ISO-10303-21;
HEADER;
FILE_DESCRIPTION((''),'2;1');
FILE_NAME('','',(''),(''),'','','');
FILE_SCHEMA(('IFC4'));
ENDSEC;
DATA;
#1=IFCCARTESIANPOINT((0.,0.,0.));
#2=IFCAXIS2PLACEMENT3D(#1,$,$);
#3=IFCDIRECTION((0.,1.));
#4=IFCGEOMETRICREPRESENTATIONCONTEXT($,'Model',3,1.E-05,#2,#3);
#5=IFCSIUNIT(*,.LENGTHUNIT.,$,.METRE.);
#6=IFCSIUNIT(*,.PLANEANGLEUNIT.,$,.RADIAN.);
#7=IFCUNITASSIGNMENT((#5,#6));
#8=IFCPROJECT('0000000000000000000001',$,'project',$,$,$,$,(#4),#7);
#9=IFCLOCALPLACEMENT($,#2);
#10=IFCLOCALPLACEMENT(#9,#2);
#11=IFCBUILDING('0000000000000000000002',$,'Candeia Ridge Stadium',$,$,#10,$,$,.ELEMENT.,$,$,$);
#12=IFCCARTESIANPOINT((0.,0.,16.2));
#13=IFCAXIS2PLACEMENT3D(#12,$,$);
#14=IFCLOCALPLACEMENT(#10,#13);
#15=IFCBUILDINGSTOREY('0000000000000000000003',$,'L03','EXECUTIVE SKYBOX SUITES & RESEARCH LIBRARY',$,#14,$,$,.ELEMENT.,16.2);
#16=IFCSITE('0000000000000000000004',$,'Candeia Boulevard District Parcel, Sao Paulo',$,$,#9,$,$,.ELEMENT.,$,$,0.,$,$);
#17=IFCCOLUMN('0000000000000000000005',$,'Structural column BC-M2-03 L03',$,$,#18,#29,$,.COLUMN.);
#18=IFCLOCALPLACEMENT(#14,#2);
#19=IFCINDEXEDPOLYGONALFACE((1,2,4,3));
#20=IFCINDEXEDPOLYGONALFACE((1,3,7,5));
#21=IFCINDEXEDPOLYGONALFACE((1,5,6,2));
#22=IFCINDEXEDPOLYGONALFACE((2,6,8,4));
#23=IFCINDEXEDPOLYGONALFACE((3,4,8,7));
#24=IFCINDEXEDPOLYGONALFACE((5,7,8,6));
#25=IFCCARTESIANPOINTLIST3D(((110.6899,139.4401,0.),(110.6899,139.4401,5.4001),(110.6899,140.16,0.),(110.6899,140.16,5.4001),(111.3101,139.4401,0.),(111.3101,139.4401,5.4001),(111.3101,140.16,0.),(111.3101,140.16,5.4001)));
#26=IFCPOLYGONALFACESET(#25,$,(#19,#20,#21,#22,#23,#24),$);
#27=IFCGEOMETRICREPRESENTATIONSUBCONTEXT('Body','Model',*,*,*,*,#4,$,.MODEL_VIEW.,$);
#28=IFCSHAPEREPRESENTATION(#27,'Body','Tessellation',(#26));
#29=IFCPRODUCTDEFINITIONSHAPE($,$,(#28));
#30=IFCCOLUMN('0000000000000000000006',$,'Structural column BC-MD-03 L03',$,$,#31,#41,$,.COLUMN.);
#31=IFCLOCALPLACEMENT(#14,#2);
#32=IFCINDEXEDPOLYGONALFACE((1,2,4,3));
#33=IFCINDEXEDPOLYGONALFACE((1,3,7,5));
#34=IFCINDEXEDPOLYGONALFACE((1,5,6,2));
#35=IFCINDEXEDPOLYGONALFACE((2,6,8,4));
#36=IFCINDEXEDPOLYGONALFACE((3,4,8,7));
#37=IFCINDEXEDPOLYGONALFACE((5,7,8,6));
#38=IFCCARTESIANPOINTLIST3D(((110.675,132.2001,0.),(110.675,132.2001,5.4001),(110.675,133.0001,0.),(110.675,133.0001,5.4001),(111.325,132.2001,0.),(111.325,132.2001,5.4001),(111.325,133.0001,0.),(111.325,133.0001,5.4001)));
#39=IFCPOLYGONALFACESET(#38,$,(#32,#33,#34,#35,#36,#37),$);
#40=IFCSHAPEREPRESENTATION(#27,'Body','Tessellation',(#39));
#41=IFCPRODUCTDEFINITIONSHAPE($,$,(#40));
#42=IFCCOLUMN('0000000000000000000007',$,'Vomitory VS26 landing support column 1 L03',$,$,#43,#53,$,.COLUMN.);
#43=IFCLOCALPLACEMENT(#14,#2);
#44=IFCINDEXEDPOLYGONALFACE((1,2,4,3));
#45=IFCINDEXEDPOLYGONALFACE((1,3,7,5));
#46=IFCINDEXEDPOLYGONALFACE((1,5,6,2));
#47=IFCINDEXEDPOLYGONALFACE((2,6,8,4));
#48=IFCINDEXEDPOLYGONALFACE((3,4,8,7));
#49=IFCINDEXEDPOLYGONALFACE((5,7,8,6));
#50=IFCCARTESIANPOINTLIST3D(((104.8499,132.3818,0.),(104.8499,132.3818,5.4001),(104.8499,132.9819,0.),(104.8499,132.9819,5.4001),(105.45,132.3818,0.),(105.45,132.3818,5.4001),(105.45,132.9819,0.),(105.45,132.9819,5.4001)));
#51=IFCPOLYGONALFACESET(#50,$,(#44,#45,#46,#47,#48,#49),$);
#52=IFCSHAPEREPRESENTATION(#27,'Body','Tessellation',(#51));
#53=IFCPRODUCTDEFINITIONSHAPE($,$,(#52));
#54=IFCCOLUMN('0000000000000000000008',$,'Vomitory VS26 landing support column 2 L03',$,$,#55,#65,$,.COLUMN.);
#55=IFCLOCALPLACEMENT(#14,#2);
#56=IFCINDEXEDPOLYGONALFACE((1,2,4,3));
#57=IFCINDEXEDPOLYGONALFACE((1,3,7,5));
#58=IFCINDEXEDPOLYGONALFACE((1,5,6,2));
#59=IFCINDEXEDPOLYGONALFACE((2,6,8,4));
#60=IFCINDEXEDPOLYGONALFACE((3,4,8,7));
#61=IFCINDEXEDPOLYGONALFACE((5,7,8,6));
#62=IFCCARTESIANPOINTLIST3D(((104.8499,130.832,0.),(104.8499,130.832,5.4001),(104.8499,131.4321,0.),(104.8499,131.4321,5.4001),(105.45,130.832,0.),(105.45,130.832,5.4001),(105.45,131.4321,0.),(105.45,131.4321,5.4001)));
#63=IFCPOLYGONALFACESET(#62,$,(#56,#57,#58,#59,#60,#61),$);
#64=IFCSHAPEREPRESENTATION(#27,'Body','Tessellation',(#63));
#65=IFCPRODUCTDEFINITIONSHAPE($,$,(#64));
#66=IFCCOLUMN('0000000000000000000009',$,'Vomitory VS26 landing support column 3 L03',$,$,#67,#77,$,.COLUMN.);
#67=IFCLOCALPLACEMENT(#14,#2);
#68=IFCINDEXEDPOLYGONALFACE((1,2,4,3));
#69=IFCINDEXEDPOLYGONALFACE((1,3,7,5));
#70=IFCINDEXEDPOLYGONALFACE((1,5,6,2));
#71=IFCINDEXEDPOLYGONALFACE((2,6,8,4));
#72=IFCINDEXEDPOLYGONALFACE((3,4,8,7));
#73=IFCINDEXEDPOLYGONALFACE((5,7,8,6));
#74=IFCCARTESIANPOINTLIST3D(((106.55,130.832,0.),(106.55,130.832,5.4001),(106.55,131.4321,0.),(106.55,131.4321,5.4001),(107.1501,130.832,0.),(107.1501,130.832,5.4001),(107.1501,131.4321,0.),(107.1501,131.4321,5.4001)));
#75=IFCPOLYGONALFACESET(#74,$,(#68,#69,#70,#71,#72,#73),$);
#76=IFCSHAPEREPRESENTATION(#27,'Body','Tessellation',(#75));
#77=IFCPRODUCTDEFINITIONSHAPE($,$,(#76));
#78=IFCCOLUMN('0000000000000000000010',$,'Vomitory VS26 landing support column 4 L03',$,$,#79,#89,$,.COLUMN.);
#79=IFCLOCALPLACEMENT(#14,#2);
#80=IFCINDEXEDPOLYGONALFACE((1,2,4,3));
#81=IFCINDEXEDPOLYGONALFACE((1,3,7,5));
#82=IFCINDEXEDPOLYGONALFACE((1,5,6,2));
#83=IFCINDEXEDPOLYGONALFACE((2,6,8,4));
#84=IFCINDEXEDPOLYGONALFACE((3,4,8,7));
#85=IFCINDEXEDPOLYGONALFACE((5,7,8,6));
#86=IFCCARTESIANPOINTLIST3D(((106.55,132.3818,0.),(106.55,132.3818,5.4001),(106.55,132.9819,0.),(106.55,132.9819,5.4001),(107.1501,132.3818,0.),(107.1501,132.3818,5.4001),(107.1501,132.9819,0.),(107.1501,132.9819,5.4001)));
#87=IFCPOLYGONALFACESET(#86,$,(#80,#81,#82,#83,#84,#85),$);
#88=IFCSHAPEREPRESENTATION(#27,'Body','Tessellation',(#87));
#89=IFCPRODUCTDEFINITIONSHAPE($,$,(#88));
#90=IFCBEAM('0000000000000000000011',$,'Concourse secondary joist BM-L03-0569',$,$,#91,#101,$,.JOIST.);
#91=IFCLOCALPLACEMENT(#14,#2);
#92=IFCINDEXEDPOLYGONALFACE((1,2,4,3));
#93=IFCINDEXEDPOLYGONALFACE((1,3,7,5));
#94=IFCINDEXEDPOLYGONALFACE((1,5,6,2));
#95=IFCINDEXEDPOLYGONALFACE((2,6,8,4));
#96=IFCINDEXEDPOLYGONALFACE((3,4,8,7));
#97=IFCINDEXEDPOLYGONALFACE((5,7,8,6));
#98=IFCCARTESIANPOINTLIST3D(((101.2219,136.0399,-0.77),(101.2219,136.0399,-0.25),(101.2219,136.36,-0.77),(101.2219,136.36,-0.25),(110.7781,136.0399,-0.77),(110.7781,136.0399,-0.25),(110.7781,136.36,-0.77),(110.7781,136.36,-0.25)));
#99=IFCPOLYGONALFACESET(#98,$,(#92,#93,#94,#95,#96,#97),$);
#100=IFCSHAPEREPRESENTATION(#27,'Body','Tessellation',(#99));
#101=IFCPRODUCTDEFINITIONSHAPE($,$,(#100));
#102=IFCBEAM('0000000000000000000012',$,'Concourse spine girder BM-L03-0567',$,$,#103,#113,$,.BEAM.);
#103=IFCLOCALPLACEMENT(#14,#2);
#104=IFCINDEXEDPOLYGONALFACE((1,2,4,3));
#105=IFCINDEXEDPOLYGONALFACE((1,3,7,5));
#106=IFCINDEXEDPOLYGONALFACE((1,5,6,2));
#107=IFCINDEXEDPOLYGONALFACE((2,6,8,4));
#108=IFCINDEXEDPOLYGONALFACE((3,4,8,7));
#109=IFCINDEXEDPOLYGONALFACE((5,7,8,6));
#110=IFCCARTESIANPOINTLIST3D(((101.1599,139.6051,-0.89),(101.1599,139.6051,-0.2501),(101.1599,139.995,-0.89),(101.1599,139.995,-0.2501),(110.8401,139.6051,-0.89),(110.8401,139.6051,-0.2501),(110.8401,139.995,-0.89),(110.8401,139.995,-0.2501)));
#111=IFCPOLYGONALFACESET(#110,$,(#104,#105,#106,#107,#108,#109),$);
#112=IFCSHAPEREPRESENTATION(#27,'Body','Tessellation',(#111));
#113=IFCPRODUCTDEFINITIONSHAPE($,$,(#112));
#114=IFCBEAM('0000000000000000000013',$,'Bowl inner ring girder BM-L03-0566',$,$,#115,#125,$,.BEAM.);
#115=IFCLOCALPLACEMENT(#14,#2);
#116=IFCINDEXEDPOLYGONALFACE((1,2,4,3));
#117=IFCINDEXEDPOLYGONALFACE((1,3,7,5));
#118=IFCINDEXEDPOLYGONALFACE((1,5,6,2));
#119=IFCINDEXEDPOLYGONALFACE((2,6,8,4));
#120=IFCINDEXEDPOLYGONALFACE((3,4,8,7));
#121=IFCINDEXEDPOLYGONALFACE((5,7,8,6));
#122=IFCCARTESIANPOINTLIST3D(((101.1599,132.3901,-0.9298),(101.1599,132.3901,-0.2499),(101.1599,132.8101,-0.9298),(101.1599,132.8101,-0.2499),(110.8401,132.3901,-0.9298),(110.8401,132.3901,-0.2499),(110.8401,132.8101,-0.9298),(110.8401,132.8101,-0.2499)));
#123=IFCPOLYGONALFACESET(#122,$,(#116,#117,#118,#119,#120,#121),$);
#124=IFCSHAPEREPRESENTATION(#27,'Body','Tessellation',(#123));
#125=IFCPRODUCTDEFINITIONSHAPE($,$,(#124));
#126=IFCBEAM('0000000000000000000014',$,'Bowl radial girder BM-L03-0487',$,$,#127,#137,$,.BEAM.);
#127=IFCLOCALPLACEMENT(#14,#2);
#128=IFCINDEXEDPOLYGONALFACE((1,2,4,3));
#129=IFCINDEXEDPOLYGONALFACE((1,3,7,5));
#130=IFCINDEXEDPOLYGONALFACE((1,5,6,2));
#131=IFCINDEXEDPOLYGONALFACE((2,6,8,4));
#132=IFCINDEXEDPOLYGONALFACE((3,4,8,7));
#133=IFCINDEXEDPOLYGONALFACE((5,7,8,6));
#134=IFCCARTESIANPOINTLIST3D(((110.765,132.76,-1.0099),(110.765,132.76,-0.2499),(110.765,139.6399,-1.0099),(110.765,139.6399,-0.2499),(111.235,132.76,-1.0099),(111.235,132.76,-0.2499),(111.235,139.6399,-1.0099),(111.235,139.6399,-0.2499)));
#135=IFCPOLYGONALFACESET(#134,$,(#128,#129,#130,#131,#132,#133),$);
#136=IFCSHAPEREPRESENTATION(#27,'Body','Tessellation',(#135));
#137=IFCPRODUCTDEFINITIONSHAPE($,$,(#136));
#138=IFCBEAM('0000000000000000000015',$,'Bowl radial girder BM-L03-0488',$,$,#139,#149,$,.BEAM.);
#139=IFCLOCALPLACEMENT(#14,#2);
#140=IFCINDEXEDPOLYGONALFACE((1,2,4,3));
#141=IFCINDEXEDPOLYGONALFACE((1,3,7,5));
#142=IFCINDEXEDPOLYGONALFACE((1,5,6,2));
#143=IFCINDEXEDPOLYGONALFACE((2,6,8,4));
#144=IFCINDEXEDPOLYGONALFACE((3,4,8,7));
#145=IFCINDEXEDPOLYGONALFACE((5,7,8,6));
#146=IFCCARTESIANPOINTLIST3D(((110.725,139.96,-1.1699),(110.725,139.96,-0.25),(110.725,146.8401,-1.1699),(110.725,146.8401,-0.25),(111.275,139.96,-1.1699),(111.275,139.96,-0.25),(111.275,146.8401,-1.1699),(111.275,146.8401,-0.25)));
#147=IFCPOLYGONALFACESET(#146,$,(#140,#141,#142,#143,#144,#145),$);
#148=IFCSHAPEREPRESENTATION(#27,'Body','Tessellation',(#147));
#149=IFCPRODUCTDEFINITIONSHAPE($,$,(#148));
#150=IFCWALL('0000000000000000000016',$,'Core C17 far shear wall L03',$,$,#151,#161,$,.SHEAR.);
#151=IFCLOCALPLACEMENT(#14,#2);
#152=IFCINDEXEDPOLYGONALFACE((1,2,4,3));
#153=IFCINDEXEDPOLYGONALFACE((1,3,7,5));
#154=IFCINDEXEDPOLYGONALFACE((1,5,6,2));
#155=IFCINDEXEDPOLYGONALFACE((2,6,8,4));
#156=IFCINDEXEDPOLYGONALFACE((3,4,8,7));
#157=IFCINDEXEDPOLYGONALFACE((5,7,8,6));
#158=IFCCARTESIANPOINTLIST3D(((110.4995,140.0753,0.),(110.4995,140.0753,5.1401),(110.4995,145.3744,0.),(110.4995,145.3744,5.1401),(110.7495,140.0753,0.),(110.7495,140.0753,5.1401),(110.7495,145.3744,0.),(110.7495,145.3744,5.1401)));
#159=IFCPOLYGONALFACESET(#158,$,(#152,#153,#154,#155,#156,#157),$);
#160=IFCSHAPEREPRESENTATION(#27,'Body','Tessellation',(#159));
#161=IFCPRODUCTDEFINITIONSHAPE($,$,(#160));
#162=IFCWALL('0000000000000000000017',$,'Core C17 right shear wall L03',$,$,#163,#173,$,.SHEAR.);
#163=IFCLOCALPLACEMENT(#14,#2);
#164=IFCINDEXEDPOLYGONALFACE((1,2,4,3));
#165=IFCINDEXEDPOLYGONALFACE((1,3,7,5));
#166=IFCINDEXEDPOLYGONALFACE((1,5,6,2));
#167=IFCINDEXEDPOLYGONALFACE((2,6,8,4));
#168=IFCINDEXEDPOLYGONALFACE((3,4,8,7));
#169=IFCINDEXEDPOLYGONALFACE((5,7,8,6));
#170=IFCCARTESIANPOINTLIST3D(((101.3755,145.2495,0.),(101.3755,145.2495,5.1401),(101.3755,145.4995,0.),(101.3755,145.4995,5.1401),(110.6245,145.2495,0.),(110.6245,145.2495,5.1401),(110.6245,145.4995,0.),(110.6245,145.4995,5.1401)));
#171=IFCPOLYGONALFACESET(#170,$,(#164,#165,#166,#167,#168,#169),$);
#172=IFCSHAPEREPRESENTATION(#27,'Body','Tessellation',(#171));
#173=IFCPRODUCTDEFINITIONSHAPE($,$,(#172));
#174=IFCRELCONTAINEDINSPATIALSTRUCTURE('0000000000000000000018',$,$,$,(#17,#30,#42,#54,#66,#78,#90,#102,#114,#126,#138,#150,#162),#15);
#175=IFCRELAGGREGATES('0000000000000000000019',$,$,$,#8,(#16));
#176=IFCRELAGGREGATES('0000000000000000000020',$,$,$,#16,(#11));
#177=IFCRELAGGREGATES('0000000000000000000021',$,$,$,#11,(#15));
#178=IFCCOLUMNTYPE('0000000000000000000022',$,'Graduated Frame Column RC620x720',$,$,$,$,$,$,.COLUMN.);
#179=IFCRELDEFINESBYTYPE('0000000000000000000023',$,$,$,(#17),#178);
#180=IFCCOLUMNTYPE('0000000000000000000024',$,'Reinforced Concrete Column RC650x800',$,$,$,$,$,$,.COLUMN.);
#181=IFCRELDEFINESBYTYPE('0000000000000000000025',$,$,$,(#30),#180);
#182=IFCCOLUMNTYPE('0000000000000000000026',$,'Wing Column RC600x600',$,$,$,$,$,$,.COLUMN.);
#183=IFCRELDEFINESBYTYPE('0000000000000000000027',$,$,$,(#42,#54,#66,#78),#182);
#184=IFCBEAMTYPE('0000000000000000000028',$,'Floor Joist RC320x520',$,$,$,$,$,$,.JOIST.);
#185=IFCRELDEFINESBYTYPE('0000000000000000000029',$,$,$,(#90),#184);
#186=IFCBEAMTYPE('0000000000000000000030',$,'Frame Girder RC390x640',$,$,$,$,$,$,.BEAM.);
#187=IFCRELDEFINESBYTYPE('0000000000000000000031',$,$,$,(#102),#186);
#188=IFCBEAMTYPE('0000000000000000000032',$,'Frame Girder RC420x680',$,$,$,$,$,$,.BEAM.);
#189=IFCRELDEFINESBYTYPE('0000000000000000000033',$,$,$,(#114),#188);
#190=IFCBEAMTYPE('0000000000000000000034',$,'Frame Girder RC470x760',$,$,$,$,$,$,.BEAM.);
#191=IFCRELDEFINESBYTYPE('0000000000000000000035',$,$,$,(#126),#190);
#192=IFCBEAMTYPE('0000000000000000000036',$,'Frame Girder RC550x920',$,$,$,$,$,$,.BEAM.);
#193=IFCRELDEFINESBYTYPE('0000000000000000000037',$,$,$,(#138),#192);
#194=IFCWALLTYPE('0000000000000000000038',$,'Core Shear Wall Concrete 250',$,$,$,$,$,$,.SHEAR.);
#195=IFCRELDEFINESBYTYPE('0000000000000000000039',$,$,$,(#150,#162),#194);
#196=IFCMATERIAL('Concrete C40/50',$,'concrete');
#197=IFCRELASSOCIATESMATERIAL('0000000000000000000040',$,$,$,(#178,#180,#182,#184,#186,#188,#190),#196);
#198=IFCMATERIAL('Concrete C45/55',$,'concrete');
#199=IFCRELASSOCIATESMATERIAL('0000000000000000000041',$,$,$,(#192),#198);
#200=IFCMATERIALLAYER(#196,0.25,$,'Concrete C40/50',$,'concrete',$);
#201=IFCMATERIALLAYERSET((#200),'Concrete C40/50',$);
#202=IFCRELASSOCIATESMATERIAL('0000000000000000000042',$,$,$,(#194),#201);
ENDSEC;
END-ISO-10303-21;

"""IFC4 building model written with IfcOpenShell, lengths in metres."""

from ifc_helpers import new_model, si_unit, direction, frame, frame_2d, origin, origin_2d, place, context, subcontext, project, spatial, rectangle, extrude, material, layer, layer_set, material_profile, profile_set, type_object, element, save


model = new_model("IFC4")

# Units and contexts
model_context = context("Model", 3, precision=1e-05, world=origin(), true_north=direction((0.0, 1.0)))
body_context = subcontext(model_context, "Body", "Model", "MODEL_VIEW")
ifc_project = project(units=[si_unit("LENGTHUNIT", "METRE"), si_unit("PLANEANGLEUNIT", "RADIAN")], contexts=[model_context])

# Site, building, storey
site_placement = place(None, origin())
site = spatial("IfcSite", under=ifc_project, at=site_placement, Name="Candeia Boulevard District Parcel, Sao Paulo", CompositionType="ELEMENT", RefElevation=0.0)
building_placement = place(site_placement, origin())
building = spatial("IfcBuilding", under=site, at=building_placement, Name="Candeia Ridge Stadium", CompositionType="ELEMENT")
storey_placement = place(building_placement, frame((0.0, 0.0, 16.2)))
storey = spatial("IfcBuildingStorey", under=building, at=storey_placement, Name="L03", Description="EXECUTIVE SKYBOX SUITES & RESEARCH LIBRARY", CompositionType="ELEMENT", Elevation=16.2)

# Columns
ifc_material_1 = material(Name="Concrete C40/50", Category="concrete")
ifc_material_profile_1 = material_profile(ifc_material_1, rectangle(XDim=0.6201, YDim=0.72, at=origin_2d()), Name="RC620x720", Category="concrete")
ifc_profile_set_1 = profile_set([ifc_material_profile_1], Name="Concrete C40/50")
column_type_1 = type_object("IfcColumnType", Name="Graduated Frame Column RC620x720", PredefinedType="COLUMN", material=ifc_profile_set_1)
column_1_placement = place(storey_placement, frame((111.0, 139.8, 0.0), z_axis=(0.0, 0.0, 1.0), x_axis=(1.0, 0.0, 0.0)))
element("IfcColumn", 1, at=column_1_placement, inside=storey, type_object=column_type_1, Name="Structural column BC-M2-03 L03", PredefinedType="COLUMN", context=body_context, shape_type="SweptSolid", body=[
    extrude(rectangle(XDim=0.6201, YDim=0.72, at=origin_2d()), origin(), (0.0, 0.0, 1.0), 5.4001),
])
ifc_material_profile_2 = material_profile(ifc_material_1, rectangle(XDim=0.6499, YDim=0.8, at=origin_2d()), Name="RC650x800", Category="concrete")
ifc_profile_set_2 = profile_set([ifc_material_profile_2], Name="Concrete C40/50")
column_type_2 = type_object("IfcColumnType", Name="Reinforced Concrete Column RC650x800", PredefinedType="COLUMN", material=ifc_profile_set_2)
column_2_placement = place(storey_placement, frame((111.0, 132.6001, 0.0), z_axis=(0.0, 0.0, 1.0), x_axis=(1.0, 0.0, 0.0)))
element("IfcColumn", 2, at=column_2_placement, inside=storey, type_object=column_type_2, Name="Structural column BC-MD-03 L03", PredefinedType="COLUMN", context=body_context, shape_type="SweptSolid", body=[
    extrude(rectangle(XDim=0.6499, YDim=0.8, at=origin_2d()), origin(), (0.0, 0.0, 1.0), 5.4001),
])
ifc_material_profile_3 = material_profile(ifc_material_1, rectangle(XDim=0.6001, YDim=0.6001, at=origin_2d()), Name="RC600x600", Category="concrete")
ifc_profile_set_3 = profile_set([ifc_material_profile_3], Name="Concrete C40/50")
column_type_3 = type_object("IfcColumnType", Name="Wing Column RC600x600", PredefinedType="COLUMN", material=ifc_profile_set_3)
for number, where, z_axis, x_axis, name in (
    (3, (105.1499, 132.6819, 0.0), (0.0, 0.0, 1.0), (1.0, 0.0, 0.0), "Vomitory VS26 landing support column 1 L03"),
    (4, (105.1499, 131.1321, 0.0), (0.0, 0.0, 1.0), (1.0, 0.0, 0.0), "Vomitory VS26 landing support column 2 L03"),
    (5, (106.8501, 131.1321, 0.0), (0.0, 0.0, 1.0), (1.0, 0.0, 0.0), "Vomitory VS26 landing support column 3 L03"),
    (6, (106.8501, 132.6819, 0.0), (0.0, 0.0, 1.0), (1.0, 0.0, 0.0), "Vomitory VS26 landing support column 4 L03"),
):
    element("IfcColumn", number, at=place(storey_placement, frame(where, z_axis=z_axis, x_axis=x_axis)), inside=storey, type_object=column_type_3, Name=name, PredefinedType="COLUMN", context=body_context, shape_type="SweptSolid", body=[
        extrude(rectangle(XDim=0.6001, YDim=0.6001, at=origin_2d()), origin(), (0.0, 0.0, 1.0), 5.4001),
    ])

# Beams
ifc_material_profile_4 = material_profile(ifc_material_1, rectangle(XDim=0.3201, YDim=0.52, at=origin_2d()), Name="RC320x520", Category="concrete")
ifc_profile_set_4 = profile_set([ifc_material_profile_4], Name="Concrete C40/50")
beam_type_1 = type_object("IfcBeamType", Name="Floor Joist RC320x520", PredefinedType="JOIST", material=ifc_profile_set_4)
beam_1_placement = place(storey_placement, frame((110.7781, 136.2, -0.51), z_axis=(-1.0, 0.0, 0.0), x_axis=(0.0, -1.0, 0.0)))
element("IfcBeam", 7, at=beam_1_placement, inside=storey, type_object=beam_type_1, Name="Concourse secondary joist BM-L03-0569", PredefinedType="JOIST", context=body_context, shape_type="SweptSolid", body=[
    extrude(rectangle(XDim=0.3201, YDim=0.52, at=origin_2d()), origin(), (0.0, 0.0, 1.0), 9.5562),
])
ifc_material_profile_5 = material_profile(ifc_material_1, rectangle(XDim=0.3899, YDim=0.6399, at=origin_2d()), Name="RC390x640", Category="concrete")
ifc_profile_set_5 = profile_set([ifc_material_profile_5], Name="Concrete C40/50")
beam_type_2 = type_object("IfcBeamType", Name="Frame Girder RC390x640", PredefinedType="BEAM", material=ifc_profile_set_5)
beam_2_placement = place(storey_placement, frame((110.8401, 139.8, -0.5701), z_axis=(-1.0, 0.0, 0.0), x_axis=(0.0, -1.0, 0.0)))
element("IfcBeam", 8, at=beam_2_placement, inside=storey, type_object=beam_type_2, Name="Concourse spine girder BM-L03-0567", PredefinedType="BEAM", context=body_context, shape_type="SweptSolid", body=[
    extrude(rectangle(XDim=0.3899, YDim=0.6399, at=origin_2d()), origin(), (0.0, 0.0, 1.0), 9.6802),
])
ifc_material_profile_6 = material_profile(ifc_material_1, rectangle(XDim=0.4199, YDim=0.6799, at=origin_2d()), Name="RC420x680", Category="concrete")
ifc_profile_set_6 = profile_set([ifc_material_profile_6], Name="Concrete C40/50")
beam_type_3 = type_object("IfcBeamType", Name="Frame Girder RC420x680", PredefinedType="BEAM", material=ifc_profile_set_6)
beam_3_placement = place(storey_placement, frame((110.8401, 132.6001, -0.5898), z_axis=(-1.0, 0.0, 0.0), x_axis=(0.0, -1.0, 0.0)))
element("IfcBeam", 9, at=beam_3_placement, inside=storey, type_object=beam_type_3, Name="Bowl inner ring girder BM-L03-0566", PredefinedType="BEAM", context=body_context, shape_type="SweptSolid", body=[
    extrude(rectangle(XDim=0.4199, YDim=0.6799, at=origin_2d()), origin(), (0.0, 0.0, 1.0), 9.6802),
])
ifc_material_profile_7 = material_profile(ifc_material_1, rectangle(XDim=0.47, YDim=0.76, at=origin_2d()), Name="RC470x760", Category="concrete")
ifc_profile_set_7 = profile_set([ifc_material_profile_7], Name="Concrete C40/50")
beam_type_4 = type_object("IfcBeamType", Name="Frame Girder RC470x760", PredefinedType="BEAM", material=ifc_profile_set_7)
beam_4_placement = place(storey_placement, frame((111.0, 132.76, -0.6299), z_axis=(0.0, 1.0, 0.0), x_axis=(-1.0, 0.0, 0.0)))
element("IfcBeam", 10, at=beam_4_placement, inside=storey, type_object=beam_type_4, Name="Bowl radial girder BM-L03-0487", PredefinedType="BEAM", context=body_context, shape_type="SweptSolid", body=[
    extrude(rectangle(XDim=0.47, YDim=0.76, at=origin_2d()), origin(), (0.0, 0.0, 1.0), 6.8799),
])
ifc_material_2 = material(Name="Concrete C45/55", Category="concrete")
ifc_material_profile_8 = material_profile(ifc_material_2, rectangle(XDim=0.55, YDim=0.9199, at=origin_2d()), Name="RC550x920", Category="concrete")
ifc_profile_set_8 = profile_set([ifc_material_profile_8], Name="Concrete C45/55")
beam_type_5 = type_object("IfcBeamType", Name="Frame Girder RC550x920", PredefinedType="BEAM", material=ifc_profile_set_8)
beam_5_placement = place(storey_placement, frame((111.0, 139.96, -0.71), z_axis=(0.0, 1.0, 0.0), x_axis=(-1.0, 0.0, 0.0)))
element("IfcBeam", 11, at=beam_5_placement, inside=storey, type_object=beam_type_5, Name="Bowl radial girder BM-L03-0488", PredefinedType="BEAM", context=body_context, shape_type="SweptSolid", body=[
    extrude(rectangle(XDim=0.55, YDim=0.9199, at=origin_2d()), origin(), (0.0, 0.0, 1.0), 6.8801),
])

# Walls
ifc_layer_1 = layer(ifc_material_1, 0.25, Name="Concrete C40/50", Category="concrete")
ifc_layer_set_1 = layer_set([ifc_layer_1], Name="Concrete C40/50")
wall_type_1 = type_object("IfcWallType", Name="Core Shear Wall Concrete 250", PredefinedType="SHEAR", material=ifc_layer_set_1)
wall_1_placement = place(storey_placement, frame((110.6245, 140.0754, 0.0), z_axis=(0.0, 0.0, 1.0), x_axis=(0.0, 1.0, 0.0)))
element("IfcWall", 12, at=wall_1_placement, inside=storey, type_object=wall_type_1, Name="Core C17 far shear wall L03", PredefinedType="SHEAR", context=body_context, shape_type="SweptSolid", body=[
    extrude(rectangle(XDim=5.2991, YDim=0.25, at=frame_2d((2.6494, 0.0))), origin(), (0.0, 0.0, 1.0), 5.1401),
])
wall_2_placement = place(storey_placement, frame((110.6245, 145.3745, 0.0), z_axis=(0.0, 0.0, 1.0), x_axis=(-1.0, 0.0, 0.0)))
element("IfcWall", 13, at=wall_2_placement, inside=storey, type_object=wall_type_1, Name="Core C17 right shear wall L03", PredefinedType="SHEAR", context=body_context, shape_type="SweptSolid", body=[
    extrude(rectangle(XDim=9.249, YDim=0.25, at=frame_2d((4.6245, 0.0))), origin(), (0.0, 0.0, 1.0), 5.1401),
])

save(model, "model.ifc")
